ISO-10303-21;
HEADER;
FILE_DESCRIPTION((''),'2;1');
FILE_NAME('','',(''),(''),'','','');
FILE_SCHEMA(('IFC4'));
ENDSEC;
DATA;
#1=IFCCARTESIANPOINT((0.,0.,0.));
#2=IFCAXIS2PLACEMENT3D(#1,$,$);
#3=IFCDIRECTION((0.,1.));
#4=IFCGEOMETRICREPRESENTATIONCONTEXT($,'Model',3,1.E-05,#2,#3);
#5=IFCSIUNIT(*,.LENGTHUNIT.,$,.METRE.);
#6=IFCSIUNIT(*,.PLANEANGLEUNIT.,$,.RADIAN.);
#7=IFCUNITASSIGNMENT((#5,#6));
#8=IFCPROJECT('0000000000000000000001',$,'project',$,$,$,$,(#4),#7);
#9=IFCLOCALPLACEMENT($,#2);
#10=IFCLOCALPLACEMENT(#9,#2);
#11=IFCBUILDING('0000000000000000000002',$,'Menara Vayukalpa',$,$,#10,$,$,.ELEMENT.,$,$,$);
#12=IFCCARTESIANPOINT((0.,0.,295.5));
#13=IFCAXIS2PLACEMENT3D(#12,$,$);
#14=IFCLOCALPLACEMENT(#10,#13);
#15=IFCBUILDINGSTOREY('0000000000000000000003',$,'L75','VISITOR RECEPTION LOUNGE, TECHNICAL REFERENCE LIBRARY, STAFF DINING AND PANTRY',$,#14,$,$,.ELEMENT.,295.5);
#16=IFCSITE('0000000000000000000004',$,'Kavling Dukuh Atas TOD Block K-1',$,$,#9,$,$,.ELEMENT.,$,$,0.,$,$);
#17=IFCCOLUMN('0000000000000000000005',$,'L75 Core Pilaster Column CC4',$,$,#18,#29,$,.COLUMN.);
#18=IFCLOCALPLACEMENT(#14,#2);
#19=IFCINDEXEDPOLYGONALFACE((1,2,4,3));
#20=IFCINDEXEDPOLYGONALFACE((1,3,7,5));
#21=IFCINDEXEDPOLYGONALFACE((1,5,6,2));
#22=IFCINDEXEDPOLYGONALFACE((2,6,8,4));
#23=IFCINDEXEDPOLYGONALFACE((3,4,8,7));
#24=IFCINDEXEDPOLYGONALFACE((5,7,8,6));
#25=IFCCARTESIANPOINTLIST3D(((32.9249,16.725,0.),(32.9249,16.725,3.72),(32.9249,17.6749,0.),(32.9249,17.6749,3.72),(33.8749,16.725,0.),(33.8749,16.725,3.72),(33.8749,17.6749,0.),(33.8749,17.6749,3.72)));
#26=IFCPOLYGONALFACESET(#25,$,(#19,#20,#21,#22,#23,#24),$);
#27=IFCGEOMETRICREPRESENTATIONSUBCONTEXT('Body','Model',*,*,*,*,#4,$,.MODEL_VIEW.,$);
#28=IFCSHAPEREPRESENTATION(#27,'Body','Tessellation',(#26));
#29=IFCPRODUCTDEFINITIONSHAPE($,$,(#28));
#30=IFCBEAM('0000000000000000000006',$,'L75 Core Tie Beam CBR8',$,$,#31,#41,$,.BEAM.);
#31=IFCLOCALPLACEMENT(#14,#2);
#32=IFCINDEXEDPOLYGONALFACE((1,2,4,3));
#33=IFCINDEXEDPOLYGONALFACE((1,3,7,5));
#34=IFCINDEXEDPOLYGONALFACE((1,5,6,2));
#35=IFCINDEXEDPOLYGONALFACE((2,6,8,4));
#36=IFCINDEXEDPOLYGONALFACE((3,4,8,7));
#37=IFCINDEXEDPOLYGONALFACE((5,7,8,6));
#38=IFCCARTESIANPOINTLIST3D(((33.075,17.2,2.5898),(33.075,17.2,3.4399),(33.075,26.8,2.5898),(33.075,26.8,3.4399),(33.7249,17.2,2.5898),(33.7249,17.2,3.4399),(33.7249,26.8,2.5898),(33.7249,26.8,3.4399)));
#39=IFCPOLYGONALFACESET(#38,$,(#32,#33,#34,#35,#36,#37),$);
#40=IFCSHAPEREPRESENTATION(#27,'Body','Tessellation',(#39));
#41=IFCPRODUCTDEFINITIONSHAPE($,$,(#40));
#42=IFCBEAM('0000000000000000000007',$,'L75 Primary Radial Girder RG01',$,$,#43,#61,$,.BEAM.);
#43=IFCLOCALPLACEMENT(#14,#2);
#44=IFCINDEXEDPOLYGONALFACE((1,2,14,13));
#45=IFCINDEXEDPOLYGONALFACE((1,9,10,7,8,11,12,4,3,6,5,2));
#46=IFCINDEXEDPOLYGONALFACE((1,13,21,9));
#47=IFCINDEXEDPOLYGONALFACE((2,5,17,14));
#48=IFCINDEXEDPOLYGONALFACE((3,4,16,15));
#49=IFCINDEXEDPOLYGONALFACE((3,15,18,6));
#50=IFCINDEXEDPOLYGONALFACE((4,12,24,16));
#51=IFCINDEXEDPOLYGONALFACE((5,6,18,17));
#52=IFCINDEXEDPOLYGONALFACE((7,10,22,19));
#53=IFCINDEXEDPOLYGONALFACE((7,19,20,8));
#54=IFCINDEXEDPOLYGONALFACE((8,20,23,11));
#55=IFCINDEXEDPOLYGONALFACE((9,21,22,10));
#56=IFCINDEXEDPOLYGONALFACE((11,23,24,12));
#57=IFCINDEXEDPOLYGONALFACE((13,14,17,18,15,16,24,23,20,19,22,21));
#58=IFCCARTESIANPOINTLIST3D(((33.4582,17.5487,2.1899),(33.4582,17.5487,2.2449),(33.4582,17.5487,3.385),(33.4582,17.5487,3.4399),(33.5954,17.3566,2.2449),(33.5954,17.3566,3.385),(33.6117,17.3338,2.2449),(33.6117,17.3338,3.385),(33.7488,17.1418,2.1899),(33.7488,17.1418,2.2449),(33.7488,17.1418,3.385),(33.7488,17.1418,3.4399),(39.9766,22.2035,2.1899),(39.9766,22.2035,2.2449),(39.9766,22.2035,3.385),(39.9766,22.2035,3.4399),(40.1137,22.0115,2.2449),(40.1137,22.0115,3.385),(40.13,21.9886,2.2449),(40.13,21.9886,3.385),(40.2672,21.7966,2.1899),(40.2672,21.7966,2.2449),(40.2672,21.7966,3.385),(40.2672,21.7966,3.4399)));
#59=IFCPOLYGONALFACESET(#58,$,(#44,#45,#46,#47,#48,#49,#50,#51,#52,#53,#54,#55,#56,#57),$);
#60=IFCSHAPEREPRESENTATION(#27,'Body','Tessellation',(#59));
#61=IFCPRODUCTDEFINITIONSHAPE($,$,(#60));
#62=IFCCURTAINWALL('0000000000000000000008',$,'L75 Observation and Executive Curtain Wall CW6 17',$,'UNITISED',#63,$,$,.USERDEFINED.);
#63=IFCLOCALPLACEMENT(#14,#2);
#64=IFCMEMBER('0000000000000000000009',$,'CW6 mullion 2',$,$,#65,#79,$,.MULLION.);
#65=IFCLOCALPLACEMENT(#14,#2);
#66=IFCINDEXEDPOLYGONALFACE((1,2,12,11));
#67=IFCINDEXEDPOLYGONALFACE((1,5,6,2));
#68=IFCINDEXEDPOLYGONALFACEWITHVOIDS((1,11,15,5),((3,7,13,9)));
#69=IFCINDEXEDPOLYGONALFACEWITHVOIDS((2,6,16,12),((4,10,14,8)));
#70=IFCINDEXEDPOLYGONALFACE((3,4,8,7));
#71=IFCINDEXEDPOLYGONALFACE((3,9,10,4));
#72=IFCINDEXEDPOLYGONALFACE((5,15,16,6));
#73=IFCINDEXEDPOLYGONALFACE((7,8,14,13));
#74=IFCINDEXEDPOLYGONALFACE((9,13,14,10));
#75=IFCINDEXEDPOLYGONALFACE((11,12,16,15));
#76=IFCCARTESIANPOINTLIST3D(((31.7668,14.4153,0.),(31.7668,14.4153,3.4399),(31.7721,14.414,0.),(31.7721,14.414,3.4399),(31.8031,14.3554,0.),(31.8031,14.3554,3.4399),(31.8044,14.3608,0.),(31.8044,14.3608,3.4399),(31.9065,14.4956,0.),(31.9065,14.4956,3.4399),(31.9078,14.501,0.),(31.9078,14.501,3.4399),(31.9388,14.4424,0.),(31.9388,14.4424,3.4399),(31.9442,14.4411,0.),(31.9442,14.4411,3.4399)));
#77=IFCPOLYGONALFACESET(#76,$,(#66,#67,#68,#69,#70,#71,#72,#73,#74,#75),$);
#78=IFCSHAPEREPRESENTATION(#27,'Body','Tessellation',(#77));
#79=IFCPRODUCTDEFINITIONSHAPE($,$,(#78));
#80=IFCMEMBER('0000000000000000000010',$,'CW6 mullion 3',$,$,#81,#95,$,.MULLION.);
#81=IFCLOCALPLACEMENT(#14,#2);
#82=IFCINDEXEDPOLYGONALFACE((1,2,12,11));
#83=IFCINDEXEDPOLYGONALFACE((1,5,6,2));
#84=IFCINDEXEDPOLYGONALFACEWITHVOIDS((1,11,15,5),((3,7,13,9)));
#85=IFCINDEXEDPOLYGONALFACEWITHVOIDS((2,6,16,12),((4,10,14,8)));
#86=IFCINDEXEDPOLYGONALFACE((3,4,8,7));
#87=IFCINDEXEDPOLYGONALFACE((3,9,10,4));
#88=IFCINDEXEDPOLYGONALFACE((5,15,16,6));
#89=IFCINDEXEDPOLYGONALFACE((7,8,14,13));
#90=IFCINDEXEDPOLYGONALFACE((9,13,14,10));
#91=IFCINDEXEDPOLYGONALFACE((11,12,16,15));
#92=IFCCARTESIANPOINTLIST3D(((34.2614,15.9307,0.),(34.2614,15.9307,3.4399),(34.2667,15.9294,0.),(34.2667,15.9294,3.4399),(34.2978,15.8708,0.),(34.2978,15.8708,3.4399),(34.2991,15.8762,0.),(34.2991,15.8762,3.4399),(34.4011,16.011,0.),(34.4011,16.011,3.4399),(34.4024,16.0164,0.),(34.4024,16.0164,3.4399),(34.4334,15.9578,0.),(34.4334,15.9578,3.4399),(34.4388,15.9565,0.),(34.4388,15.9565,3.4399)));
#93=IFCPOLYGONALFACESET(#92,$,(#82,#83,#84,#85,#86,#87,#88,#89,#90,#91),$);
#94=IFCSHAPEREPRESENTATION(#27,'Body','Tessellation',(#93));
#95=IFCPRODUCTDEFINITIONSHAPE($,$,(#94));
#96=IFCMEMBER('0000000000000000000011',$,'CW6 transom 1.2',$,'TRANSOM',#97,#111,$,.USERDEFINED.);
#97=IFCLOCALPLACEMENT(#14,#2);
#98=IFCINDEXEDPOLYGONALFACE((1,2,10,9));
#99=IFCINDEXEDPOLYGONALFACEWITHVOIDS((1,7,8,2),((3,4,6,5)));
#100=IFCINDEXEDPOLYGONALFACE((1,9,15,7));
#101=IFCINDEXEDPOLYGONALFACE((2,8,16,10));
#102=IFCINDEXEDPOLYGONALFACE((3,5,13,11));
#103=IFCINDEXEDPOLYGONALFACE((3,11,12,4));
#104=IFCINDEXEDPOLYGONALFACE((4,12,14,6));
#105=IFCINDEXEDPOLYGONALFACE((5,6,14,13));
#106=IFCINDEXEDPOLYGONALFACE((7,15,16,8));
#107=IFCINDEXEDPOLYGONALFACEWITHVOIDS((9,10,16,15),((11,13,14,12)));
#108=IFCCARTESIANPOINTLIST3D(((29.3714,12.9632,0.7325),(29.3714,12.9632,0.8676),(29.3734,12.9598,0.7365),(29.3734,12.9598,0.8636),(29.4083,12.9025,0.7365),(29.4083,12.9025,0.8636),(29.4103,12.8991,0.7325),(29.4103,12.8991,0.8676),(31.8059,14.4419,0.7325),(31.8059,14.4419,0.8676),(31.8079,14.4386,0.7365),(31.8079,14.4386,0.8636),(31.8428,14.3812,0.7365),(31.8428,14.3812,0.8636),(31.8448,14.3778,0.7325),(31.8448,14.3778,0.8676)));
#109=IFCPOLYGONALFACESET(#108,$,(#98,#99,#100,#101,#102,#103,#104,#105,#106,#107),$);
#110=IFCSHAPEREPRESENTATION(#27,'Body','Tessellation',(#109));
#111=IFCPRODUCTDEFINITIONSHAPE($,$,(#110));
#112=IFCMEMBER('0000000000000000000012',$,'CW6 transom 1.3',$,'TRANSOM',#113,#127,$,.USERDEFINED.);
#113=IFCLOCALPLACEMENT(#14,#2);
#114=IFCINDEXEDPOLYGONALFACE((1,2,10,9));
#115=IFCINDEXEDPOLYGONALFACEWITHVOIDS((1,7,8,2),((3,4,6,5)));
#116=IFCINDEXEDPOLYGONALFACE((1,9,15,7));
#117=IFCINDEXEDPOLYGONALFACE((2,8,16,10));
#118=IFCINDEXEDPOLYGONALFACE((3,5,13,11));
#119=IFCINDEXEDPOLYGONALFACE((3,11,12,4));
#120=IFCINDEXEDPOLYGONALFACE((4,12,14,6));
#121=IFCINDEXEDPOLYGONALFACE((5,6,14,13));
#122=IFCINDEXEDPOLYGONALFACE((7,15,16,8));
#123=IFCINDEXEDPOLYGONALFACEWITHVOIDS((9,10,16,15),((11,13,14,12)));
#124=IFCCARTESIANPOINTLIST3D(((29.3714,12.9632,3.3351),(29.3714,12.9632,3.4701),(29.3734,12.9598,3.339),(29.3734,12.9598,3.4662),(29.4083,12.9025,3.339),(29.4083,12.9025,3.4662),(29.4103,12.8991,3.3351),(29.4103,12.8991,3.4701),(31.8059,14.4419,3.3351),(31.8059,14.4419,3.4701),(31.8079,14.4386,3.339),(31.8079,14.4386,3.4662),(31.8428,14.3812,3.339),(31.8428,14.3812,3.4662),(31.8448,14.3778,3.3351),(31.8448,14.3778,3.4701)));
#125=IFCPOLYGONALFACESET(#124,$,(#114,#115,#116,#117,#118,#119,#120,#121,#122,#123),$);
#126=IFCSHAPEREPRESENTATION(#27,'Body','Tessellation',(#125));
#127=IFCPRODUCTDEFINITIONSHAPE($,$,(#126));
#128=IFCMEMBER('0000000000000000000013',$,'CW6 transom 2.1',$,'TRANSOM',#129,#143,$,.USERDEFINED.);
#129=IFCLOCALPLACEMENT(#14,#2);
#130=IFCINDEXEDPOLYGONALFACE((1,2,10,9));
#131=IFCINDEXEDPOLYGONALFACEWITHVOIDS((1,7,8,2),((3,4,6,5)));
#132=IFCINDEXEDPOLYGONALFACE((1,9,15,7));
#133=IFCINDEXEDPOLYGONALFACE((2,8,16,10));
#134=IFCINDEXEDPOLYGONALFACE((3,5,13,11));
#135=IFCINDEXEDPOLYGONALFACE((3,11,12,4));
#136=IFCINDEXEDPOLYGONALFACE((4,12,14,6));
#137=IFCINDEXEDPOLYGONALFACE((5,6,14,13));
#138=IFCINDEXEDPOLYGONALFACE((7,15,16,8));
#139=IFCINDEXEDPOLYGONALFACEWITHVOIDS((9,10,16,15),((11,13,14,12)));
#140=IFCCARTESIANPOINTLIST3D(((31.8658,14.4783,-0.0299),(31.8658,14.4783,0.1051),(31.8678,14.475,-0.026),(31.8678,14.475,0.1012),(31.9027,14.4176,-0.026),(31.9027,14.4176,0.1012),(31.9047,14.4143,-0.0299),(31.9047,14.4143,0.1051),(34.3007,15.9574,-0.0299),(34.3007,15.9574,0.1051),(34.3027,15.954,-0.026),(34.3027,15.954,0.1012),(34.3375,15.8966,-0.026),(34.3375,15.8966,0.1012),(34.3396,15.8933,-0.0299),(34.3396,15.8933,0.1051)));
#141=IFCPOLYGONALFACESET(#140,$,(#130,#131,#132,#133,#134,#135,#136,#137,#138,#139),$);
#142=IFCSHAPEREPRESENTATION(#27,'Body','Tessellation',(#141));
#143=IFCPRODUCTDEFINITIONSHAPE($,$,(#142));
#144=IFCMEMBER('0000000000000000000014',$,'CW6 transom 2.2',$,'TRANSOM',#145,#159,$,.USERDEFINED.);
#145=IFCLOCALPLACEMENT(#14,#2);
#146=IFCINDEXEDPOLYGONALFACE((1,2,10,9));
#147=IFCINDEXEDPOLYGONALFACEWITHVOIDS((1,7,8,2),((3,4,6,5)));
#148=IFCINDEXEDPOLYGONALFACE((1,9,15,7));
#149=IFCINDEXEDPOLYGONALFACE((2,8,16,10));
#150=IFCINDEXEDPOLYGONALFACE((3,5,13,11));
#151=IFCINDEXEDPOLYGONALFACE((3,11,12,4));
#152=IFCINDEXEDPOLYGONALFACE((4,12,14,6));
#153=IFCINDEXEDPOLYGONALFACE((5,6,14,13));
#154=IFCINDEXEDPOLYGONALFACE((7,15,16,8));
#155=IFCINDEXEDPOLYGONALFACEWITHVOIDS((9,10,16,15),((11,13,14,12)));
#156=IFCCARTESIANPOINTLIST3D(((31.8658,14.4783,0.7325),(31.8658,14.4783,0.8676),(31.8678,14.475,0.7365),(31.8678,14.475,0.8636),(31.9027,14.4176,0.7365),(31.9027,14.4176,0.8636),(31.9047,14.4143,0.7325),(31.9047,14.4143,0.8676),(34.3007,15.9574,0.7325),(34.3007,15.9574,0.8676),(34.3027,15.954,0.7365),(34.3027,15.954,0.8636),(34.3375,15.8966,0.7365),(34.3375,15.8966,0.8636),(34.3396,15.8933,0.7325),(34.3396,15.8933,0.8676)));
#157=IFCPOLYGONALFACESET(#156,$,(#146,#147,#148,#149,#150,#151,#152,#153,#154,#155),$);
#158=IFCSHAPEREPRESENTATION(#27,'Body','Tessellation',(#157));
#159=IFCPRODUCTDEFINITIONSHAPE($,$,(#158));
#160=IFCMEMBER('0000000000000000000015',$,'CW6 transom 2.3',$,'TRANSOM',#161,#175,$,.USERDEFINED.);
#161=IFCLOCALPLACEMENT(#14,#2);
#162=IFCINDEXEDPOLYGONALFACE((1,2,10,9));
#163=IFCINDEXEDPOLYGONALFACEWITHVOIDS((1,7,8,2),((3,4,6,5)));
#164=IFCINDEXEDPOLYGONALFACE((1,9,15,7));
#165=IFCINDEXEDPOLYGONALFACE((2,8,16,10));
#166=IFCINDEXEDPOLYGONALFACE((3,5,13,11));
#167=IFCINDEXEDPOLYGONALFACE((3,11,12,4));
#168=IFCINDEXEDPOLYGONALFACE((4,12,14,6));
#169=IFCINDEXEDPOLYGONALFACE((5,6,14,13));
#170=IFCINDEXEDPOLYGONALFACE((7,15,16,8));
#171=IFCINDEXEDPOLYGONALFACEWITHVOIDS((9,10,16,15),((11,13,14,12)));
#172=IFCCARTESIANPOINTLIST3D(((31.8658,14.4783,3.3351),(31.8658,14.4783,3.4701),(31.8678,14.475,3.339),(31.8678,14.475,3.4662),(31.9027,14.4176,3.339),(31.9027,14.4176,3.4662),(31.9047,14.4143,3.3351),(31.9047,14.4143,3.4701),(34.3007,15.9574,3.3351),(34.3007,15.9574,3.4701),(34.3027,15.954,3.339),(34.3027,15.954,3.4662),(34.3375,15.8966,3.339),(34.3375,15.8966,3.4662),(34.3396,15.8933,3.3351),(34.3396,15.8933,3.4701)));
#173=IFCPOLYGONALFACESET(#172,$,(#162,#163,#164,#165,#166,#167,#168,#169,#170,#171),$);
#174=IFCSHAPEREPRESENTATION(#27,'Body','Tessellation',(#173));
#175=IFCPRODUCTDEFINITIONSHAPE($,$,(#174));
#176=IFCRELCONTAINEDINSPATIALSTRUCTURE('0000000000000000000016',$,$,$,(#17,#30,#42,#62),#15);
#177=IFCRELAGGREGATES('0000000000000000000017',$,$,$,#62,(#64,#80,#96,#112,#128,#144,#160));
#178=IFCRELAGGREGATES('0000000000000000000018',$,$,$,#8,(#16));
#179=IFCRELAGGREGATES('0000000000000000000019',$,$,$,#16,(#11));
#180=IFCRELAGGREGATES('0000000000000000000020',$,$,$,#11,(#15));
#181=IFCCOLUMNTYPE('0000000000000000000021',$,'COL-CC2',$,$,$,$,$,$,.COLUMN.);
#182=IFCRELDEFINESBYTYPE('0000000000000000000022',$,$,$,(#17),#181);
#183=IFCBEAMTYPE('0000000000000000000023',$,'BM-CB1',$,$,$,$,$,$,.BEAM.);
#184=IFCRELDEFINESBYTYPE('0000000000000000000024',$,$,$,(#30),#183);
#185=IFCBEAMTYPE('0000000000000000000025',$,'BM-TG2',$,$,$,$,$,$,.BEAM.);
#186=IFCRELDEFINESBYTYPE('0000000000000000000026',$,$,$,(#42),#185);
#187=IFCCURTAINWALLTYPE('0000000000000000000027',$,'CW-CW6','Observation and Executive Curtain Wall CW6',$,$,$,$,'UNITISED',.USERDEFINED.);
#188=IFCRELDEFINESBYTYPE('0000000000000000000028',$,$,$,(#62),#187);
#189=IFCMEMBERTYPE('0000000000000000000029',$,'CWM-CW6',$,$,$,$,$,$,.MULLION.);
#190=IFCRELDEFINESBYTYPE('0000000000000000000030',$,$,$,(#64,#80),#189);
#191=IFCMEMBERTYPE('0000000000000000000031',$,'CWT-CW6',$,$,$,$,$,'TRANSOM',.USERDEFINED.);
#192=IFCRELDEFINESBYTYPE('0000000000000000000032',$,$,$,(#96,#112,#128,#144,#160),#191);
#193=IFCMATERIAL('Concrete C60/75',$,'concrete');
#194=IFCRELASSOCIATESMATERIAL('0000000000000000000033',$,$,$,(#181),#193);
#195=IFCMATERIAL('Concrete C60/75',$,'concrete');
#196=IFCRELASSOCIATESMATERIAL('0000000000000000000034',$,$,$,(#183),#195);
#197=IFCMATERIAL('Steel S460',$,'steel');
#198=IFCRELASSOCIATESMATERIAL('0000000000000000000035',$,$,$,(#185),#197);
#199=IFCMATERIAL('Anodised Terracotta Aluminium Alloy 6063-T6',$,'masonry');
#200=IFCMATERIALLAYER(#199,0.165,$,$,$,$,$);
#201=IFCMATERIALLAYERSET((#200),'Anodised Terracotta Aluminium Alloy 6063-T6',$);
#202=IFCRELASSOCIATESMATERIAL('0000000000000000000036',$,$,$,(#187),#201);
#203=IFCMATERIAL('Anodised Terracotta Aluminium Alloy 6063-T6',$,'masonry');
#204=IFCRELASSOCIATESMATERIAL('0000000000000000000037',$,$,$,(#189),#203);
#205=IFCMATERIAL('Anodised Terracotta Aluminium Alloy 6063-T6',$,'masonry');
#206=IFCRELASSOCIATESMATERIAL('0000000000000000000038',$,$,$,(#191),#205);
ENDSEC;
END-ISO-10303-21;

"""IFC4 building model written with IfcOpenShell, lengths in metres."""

from ifc_helpers import new_model, si_unit, direction, frame, origin, origin_2d, place, context, subcontext, project, spatial, rectangle, hollow_rectangle, i_section, extrude, material, layer, layer_set, material_profile, profile_set, type_object, element, aggregate, save


model = new_model("IFC4")

# Units and contexts
model_context = context("Model", 3, precision=1e-05, world=origin(), true_north=direction((0.0, 1.0)))
body_context = subcontext(model_context, "Body", "Model", "MODEL_VIEW")
ifc_project = project(units=[si_unit("LENGTHUNIT", "METRE"), si_unit("PLANEANGLEUNIT", "RADIAN")], contexts=[model_context])

# Site, building, storey
site_placement = place(None, origin())
site = spatial("IfcSite", under=ifc_project, at=site_placement, Name="Kavling Dukuh Atas TOD Block K-1", CompositionType="ELEMENT", RefElevation=0.0)
building_placement = place(site_placement, origin())
building = spatial("IfcBuilding", under=site, at=building_placement, Name="Menara Vayukalpa", CompositionType="ELEMENT")
storey_placement = place(building_placement, frame((0.0, 0.0, 295.5)))
storey = spatial("IfcBuildingStorey", under=building, at=storey_placement, Name="L75", Description="VISITOR RECEPTION LOUNGE, TECHNICAL REFERENCE LIBRARY, STAFF DINING AND PANTRY", CompositionType="ELEMENT", Elevation=295.5)

# Column
ifc_material_1 = material(Name="Concrete C60/75", Category="concrete")
ifc_material_profile_1 = material_profile(ifc_material_1, rectangle(XDim=0.95, YDim=0.95, at=origin_2d()), Name="RC 950x950")
ifc_profile_set_1 = profile_set([ifc_material_profile_1], Name="Concrete C60/75")
column_type = type_object("IfcColumnType", Name="COL-CC2", PredefinedType="COLUMN", material=ifc_profile_set_1)
column_placement = place(storey_placement, frame((33.3999, 17.2, 0.0), z_axis=(0.0, 0.0, 1.0), x_axis=(1.0, 0.0, 0.0)))
element("IfcColumn", 1, at=column_placement, inside=storey, type_object=column_type, Name="L75 Core Pilaster Column CC4", PredefinedType="COLUMN", context=body_context, shape_type="SweptSolid", body=[
    extrude(rectangle(XDim=0.95, YDim=0.95, at=origin_2d()), origin(), (0.0, 0.0, 1.0), 3.72),
])

# Beams
ifc_material_2 = material(Name="Concrete C60/75", Category="concrete")
ifc_material_profile_2 = material_profile(ifc_material_2, rectangle(XDim=0.6499, YDim=0.8501, at=origin_2d()), Name="RC 650x850")
ifc_profile_set_2 = profile_set([ifc_material_profile_2], Name="Concrete C60/75")
beam_type_1 = type_object("IfcBeamType", Name="BM-CB1", PredefinedType="BEAM", material=ifc_profile_set_2)
beam_1_placement = place(storey_placement, frame((33.3999, 17.2, 3.0149), z_axis=(0.0, 1.0, 0.0), x_axis=(-1.0, 0.0, 0.0)))
element("IfcBeam", 2, at=beam_1_placement, inside=storey, type_object=beam_type_1, Name="L75 Core Tie Beam CBR8", PredefinedType="BEAM", context=body_context, shape_type="SweptSolid", body=[
    extrude(rectangle(XDim=0.6499, YDim=0.8501, at=origin_2d()), origin(), (0.0, 0.0, 1.0), 9.6001),
])
ifc_material_3 = material(Name="Steel S460", Category="steel")
ifc_material_profile_3 = material_profile(ifc_material_3, i_section(OverallWidth=0.5, OverallDepth=1.25, WebThickness=0.0281, FlangeThickness=0.0549, at=origin_2d()), Name="WG 1250x500x28x55")
ifc_profile_set_3 = profile_set([ifc_material_profile_3], Name="Steel S460")
beam_type_2 = type_object("IfcBeamType", Name="BM-TG2", PredefinedType="BEAM", material=ifc_profile_set_3)
beam_2_placement = place(storey_placement, frame((33.6035, 17.3452, 2.8149), z_axis=(0.813801, 0.581143, 0.0), x_axis=(-0.581143, 0.813801, 0.0)))
element("IfcBeam", 3, at=beam_2_placement, inside=storey, type_object=beam_type_2, Name="L75 Primary Radial Girder RG01", PredefinedType="BEAM", context=body_context, shape_type="SweptSolid", body=[
    extrude(i_section(OverallWidth=0.5, OverallDepth=1.25, WebThickness=0.0281, FlangeThickness=0.0549, at=origin_2d()), origin(), (0.0, 0.0, 1.0), 8.0098),
])

# Curtain wall, members
ifc_material_4 = material(Name="Anodised Terracotta Aluminium Alloy 6063-T6", Category="masonry")
ifc_layer_1 = layer(ifc_material_4, 0.165)
ifc_layer_set_1 = layer_set([ifc_layer_1], Name="Anodised Terracotta Aluminium Alloy 6063-T6")
curtain_wall_type = type_object("IfcCurtainWallType", Name="CW-CW6", Description="Observation and Executive Curtain Wall CW6", ElementType="UNITISED", PredefinedType="USERDEFINED", material=ifc_layer_set_1)
curtain_wall_placement = place(storey_placement, origin())
curtain_wall = element("IfcCurtainWall", 4, at=curtain_wall_placement, inside=storey, type_object=curtain_wall_type, Name="L75 Observation and Executive Curtain Wall CW6 17", ObjectType="UNITISED", PredefinedType="USERDEFINED")
ifc_material_5 = material(Name="Anodised Terracotta Aluminium Alloy 6063-T6", Category="masonry")
ifc_material_profile_4 = material_profile(ifc_material_5, hollow_rectangle(XDim=0.0701, YDim=0.165, WallThickness=0.0039, at=origin_2d()), Name="ALU 70x165x4")
ifc_profile_set_4 = profile_set([ifc_material_profile_4], Name="Anodised Terracotta Aluminium Alloy 6063-T6")
member_type_1 = type_object("IfcMemberType", Name="CWM-CW6", PredefinedType="MULLION", material=ifc_profile_set_4)
member_1_placement = place(storey_placement, frame((31.8555, 14.4282, 0.0), z_axis=(0.0, 0.0, 1.0), x_axis=(-0.519176, 0.854668, 0.0)))
member_1 = element("IfcMember", 5, at=member_1_placement, type_object=member_type_1, Name="CW6 mullion 2", PredefinedType="MULLION", context=body_context, shape_type="SweptSolid", body=[
    extrude(hollow_rectangle(XDim=0.0701, YDim=0.165, WallThickness=0.0039, at=origin_2d()), origin(), (0.0, 0.0, 1.0), 3.4399),
])
member_2_placement = place(storey_placement, frame((34.3501, 15.9436, 0.0), z_axis=(0.0, 0.0, 1.0), x_axis=(-0.519176, 0.854668, 0.0)))
member_2 = element("IfcMember", 6, at=member_2_placement, type_object=member_type_1, Name="CW6 mullion 3", PredefinedType="MULLION", context=body_context, shape_type="SweptSolid", body=[
    extrude(hollow_rectangle(XDim=0.0701, YDim=0.165, WallThickness=0.0039, at=origin_2d()), origin(), (0.0, 0.0, 1.0), 3.4399),
])
ifc_material_6 = material(Name="Anodised Terracotta Aluminium Alloy 6063-T6", Category="masonry")
ifc_material_profile_5 = material_profile(ifc_material_6, hollow_rectangle(XDim=0.075, YDim=0.135, WallThickness=0.0039, at=origin_2d()), Name="ALU 75x135x4")
ifc_profile_set_5 = profile_set([ifc_material_profile_5], Name="Anodised Terracotta Aluminium Alloy 6063-T6")
member_type_2 = type_object("IfcMemberType", Name="CWT-CW6", ElementType="TRANSOM", PredefinedType="USERDEFINED", material=ifc_profile_set_5)
member_3_placement = place(storey_placement, frame((29.3909, 12.9312, 0.8), z_axis=(0.85469, 0.519139, 0.0), x_axis=(-0.519139, 0.85469, 0.0)))
member_3 = element("IfcMember", 7, at=member_3_placement, type_object=member_type_2, Name="CW6 transom 1.2", ObjectType="TRANSOM", PredefinedType="USERDEFINED", context=body_context, shape_type="SweptSolid", body=[
    extrude(hollow_rectangle(XDim=0.075, YDim=0.135, WallThickness=0.0039, at=origin_2d()), origin(), (0.0, 0.0, 1.0), 2.8484),
])
member_4_placement = place(storey_placement, frame((29.3909, 12.9312, 3.4026), z_axis=(0.85469, 0.519139, 0.0), x_axis=(-0.519139, 0.85469, 0.0)))
member_4 = element("IfcMember", 8, at=member_4_placement, type_object=member_type_2, Name="CW6 transom 1.3", ObjectType="TRANSOM", PredefinedType="USERDEFINED", context=body_context, shape_type="SweptSolid", body=[
    extrude(hollow_rectangle(XDim=0.075, YDim=0.135, WallThickness=0.0039, at=origin_2d()), origin(), (0.0, 0.0, 1.0), 2.8484),
])
member_5_placement = place(storey_placement, frame((31.8853, 14.4463, 0.0376), z_axis=(0.854675, 0.519164, 0.0), x_axis=(-0.519164, 0.854675, 0.0)))
member_5 = element("IfcMember", 9, at=member_5_placement, type_object=member_type_2, Name="CW6 transom 2.1", ObjectType="TRANSOM", PredefinedType="USERDEFINED", context=body_context, shape_type="SweptSolid", body=[
    extrude(hollow_rectangle(XDim=0.075, YDim=0.135, WallThickness=0.0039, at=origin_2d()), origin(), (0.0, 0.0, 1.0), 2.8489),
])
member_6_placement = place(storey_placement, frame((31.8853, 14.4463, 0.8), z_axis=(0.854675, 0.519164, 0.0), x_axis=(-0.519164, 0.854675, 0.0)))
member_6 = element("IfcMember", 10, at=member_6_placement, type_object=member_type_2, Name="CW6 transom 2.2", ObjectType="TRANSOM", PredefinedType="USERDEFINED", context=body_context, shape_type="SweptSolid", body=[
    extrude(hollow_rectangle(XDim=0.075, YDim=0.135, WallThickness=0.0039, at=origin_2d()), origin(), (0.0, 0.0, 1.0), 2.8489),
])
member_7_placement = place(storey_placement, frame((31.8853, 14.4463, 3.4026), z_axis=(0.854675, 0.519164, 0.0), x_axis=(-0.519164, 0.854675, 0.0)))
member_7 = element("IfcMember", 11, at=member_7_placement, type_object=member_type_2, Name="CW6 transom 2.3", ObjectType="TRANSOM", PredefinedType="USERDEFINED", context=body_context, shape_type="SweptSolid", body=[
    extrude(hollow_rectangle(XDim=0.075, YDim=0.135, WallThickness=0.0039, at=origin_2d()), origin(), (0.0, 0.0, 1.0), 2.8489),
])
aggregate(curtain_wall, [member_1, member_2, member_3, member_4, member_5, member_6, member_7])

save(model, "model.ifc")
